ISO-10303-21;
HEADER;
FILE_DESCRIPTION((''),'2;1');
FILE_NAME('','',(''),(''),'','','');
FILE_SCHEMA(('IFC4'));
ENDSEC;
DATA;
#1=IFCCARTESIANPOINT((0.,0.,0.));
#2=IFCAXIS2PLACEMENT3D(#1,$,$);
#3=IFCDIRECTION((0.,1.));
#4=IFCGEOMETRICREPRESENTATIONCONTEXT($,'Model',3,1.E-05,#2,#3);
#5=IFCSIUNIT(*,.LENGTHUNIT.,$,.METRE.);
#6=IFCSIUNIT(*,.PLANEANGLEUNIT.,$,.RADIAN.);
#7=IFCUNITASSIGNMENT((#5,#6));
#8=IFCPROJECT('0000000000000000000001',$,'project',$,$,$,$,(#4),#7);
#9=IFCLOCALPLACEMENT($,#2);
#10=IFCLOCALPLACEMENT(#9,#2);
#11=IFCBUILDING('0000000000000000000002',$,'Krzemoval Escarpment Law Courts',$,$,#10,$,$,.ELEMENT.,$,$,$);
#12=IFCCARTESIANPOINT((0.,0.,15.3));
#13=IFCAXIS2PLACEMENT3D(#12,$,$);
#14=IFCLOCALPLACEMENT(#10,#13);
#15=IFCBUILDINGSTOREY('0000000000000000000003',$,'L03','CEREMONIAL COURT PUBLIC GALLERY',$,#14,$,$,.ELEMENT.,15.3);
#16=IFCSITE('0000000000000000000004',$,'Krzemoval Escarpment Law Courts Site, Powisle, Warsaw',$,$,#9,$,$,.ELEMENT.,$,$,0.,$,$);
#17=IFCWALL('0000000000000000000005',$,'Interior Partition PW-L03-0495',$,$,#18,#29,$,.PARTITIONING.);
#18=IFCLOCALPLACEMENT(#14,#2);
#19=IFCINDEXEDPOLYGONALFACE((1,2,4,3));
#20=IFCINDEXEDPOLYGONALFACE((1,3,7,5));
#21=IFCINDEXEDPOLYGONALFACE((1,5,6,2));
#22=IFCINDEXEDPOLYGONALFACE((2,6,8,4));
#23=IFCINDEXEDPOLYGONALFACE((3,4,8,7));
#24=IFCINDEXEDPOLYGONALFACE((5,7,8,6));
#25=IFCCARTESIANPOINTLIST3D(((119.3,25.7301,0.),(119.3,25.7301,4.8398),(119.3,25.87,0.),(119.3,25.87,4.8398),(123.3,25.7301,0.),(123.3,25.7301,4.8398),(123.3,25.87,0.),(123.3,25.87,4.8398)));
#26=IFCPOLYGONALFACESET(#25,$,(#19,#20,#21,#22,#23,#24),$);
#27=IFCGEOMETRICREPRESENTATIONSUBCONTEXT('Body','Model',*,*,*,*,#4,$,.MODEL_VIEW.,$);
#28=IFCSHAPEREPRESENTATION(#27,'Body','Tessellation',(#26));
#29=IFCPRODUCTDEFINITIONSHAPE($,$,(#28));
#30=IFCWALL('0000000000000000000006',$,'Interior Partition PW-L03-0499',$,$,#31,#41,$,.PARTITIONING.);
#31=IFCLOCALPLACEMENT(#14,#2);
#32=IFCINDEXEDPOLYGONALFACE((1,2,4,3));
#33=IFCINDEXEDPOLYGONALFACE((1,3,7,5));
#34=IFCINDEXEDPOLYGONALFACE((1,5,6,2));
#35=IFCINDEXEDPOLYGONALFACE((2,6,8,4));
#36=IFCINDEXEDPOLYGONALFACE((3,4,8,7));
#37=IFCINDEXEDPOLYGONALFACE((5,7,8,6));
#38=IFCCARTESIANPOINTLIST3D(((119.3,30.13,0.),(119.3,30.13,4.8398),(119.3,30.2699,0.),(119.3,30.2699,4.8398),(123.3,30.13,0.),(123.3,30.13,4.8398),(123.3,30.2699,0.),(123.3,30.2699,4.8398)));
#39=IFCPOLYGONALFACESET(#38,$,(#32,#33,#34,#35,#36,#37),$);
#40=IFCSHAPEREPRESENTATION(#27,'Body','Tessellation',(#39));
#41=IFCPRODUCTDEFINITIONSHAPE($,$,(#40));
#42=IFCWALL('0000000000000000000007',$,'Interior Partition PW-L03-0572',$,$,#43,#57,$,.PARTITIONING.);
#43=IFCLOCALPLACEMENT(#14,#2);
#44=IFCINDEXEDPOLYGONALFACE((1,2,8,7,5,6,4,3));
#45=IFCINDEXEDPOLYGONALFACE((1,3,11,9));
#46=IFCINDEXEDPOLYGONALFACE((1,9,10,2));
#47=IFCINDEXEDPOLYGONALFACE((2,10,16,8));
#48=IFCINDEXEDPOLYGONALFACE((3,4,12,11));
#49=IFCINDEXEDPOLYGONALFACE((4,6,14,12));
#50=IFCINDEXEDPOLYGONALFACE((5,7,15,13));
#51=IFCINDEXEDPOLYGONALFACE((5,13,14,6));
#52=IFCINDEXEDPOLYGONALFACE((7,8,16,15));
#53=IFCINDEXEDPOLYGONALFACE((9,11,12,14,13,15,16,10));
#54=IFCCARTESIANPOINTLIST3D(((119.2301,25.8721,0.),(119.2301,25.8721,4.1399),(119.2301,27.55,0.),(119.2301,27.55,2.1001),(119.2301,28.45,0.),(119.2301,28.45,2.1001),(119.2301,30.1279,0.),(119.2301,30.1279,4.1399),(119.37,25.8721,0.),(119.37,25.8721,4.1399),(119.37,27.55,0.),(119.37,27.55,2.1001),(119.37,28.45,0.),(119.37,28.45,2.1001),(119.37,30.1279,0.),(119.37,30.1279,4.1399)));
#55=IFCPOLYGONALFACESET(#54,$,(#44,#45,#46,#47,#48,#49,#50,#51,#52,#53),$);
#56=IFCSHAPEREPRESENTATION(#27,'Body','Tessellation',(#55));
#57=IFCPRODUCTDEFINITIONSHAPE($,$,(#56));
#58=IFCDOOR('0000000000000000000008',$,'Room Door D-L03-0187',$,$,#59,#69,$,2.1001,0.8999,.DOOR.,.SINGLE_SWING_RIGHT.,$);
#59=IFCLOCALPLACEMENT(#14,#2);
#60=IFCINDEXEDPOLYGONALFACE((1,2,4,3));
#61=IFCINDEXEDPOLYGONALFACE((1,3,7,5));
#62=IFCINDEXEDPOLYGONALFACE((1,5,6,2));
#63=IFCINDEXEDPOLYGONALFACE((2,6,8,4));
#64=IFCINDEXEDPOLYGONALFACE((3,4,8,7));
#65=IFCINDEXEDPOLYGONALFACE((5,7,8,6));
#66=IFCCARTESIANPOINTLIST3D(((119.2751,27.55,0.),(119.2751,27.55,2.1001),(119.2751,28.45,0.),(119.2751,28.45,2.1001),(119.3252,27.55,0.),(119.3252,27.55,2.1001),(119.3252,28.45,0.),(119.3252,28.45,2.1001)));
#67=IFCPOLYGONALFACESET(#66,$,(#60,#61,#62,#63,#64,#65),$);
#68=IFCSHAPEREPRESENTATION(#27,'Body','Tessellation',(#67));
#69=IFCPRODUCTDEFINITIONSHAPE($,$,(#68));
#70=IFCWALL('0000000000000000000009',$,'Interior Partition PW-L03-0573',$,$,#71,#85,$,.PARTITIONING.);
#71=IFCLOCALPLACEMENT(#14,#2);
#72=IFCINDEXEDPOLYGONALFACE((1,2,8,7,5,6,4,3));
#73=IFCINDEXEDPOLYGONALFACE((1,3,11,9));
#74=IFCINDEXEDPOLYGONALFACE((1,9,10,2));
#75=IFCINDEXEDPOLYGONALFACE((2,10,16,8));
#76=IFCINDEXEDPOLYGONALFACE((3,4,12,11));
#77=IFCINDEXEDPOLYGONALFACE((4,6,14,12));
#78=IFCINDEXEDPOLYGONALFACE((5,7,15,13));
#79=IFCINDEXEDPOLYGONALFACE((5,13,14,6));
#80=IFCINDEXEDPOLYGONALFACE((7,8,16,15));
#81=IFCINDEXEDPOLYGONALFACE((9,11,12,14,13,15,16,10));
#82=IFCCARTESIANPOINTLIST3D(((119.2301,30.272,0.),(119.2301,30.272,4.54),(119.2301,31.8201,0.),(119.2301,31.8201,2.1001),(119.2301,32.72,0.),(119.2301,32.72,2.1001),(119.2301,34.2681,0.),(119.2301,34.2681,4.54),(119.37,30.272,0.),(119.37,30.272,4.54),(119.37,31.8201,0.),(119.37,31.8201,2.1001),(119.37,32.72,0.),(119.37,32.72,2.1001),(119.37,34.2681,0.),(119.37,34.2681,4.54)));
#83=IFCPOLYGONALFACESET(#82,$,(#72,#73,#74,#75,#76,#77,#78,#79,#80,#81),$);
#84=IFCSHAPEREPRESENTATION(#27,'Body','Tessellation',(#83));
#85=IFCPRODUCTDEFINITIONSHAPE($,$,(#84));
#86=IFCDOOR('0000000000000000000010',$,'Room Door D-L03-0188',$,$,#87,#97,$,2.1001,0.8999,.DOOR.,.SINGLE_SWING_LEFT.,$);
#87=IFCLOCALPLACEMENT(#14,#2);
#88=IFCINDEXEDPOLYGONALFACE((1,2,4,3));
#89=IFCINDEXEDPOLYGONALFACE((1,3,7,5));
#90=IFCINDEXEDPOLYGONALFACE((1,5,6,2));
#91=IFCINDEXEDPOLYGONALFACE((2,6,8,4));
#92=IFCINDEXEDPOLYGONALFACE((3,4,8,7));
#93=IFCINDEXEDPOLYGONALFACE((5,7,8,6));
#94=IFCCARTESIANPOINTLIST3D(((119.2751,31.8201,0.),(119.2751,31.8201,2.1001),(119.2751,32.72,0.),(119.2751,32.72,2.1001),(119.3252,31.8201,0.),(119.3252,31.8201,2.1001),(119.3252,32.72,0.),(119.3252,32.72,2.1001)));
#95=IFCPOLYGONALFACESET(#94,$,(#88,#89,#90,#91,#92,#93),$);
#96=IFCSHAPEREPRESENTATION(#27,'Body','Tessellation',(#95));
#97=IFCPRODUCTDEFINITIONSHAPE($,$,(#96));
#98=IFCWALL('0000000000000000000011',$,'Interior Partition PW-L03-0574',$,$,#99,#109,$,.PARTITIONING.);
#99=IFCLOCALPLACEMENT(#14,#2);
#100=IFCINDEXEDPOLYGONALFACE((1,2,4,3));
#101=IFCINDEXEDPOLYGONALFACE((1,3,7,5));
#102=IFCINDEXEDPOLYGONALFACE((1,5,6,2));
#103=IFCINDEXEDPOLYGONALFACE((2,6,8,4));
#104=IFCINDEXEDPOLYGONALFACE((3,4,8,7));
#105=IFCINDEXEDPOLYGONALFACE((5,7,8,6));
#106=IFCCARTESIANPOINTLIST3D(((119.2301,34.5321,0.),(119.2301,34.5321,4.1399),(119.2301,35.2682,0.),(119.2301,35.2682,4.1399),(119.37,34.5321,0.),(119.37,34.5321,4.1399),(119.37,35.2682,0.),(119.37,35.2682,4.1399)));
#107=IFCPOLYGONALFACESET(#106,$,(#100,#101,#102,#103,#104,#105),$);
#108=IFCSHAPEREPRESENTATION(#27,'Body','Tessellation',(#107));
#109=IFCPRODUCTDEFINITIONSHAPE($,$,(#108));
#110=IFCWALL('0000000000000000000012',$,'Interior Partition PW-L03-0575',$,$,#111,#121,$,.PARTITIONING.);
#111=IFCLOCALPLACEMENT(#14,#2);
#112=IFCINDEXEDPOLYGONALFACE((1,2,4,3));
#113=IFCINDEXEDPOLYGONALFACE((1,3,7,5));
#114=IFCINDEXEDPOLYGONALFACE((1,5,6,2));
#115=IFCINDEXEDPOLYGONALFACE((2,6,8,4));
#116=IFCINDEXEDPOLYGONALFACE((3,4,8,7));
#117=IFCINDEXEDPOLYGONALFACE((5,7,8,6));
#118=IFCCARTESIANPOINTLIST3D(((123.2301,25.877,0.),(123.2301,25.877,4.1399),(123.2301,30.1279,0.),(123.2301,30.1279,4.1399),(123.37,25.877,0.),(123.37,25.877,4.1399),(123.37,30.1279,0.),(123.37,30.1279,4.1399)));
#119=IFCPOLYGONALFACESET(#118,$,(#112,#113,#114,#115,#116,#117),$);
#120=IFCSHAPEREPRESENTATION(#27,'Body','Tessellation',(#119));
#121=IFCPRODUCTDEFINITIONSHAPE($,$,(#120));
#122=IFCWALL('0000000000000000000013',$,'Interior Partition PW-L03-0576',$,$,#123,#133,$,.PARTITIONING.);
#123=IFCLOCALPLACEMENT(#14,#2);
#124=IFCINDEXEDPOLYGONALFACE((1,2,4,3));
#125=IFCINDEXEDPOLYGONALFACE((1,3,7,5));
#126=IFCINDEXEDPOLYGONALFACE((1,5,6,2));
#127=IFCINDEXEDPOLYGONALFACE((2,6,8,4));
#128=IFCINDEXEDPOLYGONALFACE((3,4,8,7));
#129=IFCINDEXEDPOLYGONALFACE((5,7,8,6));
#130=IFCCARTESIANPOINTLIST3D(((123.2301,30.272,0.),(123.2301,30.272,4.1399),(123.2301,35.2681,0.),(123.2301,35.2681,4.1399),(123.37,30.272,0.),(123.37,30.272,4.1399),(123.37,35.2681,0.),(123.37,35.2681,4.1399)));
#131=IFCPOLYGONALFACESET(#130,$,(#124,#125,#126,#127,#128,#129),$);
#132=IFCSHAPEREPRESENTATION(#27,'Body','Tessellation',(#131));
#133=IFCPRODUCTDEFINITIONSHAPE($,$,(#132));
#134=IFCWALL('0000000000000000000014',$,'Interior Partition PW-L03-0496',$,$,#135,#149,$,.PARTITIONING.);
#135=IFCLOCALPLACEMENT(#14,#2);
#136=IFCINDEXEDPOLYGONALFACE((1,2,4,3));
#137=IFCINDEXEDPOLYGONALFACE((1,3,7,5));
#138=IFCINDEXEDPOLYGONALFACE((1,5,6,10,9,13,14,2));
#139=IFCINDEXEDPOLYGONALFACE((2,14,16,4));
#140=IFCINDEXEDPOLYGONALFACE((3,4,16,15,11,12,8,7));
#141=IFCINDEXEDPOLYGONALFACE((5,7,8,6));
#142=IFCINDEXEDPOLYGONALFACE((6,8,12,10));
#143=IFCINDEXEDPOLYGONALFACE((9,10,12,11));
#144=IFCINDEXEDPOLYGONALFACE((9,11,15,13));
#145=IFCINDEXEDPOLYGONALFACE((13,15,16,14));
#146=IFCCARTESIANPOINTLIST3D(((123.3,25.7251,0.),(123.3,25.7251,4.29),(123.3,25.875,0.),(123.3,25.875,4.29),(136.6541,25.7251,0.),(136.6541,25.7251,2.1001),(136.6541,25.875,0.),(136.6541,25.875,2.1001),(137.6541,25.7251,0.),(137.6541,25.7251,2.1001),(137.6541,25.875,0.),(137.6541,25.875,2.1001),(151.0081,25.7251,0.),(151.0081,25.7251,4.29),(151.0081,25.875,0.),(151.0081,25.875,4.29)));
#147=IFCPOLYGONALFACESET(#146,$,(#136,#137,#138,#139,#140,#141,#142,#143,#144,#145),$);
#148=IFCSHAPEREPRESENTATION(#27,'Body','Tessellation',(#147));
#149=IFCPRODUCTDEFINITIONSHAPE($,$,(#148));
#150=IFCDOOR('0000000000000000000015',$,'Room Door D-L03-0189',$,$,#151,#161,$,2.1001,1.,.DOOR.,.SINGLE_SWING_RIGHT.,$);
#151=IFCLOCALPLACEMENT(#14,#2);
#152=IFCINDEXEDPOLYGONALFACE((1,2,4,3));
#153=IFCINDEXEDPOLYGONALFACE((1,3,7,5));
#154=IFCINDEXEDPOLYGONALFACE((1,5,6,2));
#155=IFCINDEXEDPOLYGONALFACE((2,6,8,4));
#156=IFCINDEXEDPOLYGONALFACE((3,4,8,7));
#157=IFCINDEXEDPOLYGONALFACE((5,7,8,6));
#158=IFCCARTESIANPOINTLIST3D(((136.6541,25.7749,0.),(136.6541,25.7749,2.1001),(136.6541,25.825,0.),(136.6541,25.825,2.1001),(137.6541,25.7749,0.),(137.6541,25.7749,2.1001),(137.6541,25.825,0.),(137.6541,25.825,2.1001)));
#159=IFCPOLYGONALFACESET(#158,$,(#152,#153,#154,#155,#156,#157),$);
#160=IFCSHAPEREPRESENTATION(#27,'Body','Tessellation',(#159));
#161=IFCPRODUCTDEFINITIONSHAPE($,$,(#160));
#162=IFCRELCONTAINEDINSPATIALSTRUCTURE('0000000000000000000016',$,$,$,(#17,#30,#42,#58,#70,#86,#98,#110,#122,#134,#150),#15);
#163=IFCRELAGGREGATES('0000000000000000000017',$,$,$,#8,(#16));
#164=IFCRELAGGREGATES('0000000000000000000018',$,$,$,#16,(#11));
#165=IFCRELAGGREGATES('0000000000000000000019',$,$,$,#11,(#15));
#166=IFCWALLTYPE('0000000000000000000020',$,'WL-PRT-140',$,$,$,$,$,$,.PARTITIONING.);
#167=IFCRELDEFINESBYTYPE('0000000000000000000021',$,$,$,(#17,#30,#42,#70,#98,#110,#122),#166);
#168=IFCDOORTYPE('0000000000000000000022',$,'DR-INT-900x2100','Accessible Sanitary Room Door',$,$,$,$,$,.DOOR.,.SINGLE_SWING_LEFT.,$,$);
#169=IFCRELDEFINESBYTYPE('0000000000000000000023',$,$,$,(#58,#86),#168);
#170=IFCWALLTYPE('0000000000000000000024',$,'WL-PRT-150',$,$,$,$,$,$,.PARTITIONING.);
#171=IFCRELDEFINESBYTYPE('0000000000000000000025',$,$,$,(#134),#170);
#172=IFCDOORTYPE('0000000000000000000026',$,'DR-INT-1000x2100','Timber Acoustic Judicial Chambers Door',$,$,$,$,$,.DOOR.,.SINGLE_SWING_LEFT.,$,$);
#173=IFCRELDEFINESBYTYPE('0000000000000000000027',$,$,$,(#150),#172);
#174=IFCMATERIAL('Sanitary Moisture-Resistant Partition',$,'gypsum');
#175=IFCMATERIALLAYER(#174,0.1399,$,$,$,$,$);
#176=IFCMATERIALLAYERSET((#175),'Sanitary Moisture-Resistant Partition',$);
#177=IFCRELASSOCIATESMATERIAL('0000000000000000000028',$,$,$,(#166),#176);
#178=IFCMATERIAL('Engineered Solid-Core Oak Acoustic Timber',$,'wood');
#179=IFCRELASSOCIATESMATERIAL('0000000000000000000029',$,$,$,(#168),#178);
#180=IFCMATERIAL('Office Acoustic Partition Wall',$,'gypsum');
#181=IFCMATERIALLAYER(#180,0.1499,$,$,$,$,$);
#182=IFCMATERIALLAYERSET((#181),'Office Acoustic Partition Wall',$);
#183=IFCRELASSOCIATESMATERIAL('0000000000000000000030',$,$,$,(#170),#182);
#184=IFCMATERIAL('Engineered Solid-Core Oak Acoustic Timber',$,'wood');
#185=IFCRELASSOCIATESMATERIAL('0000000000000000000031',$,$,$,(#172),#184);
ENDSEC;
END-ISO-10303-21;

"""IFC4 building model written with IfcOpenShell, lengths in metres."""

from ifc_helpers import new_model, si_unit, direction, frame, frame_2d, origin, place, context, subcontext, project, spatial, rectangle, extrude, material, layer, layer_set, type_object, element, fill, save


model = new_model("IFC4")

# Units and contexts
model_context = context("Model", 3, precision=1e-05, world=origin(), true_north=direction((0.0, 1.0)))
body_context = subcontext(model_context, "Body", "Model", "MODEL_VIEW")
ifc_project = project(units=[si_unit("LENGTHUNIT", "METRE"), si_unit("PLANEANGLEUNIT", "RADIAN")], contexts=[model_context])

# Site, building, storey
site_placement = place(None, origin())
site = spatial("IfcSite", under=ifc_project, at=site_placement, Name="Krzemoval Escarpment Law Courts Site, Powisle, Warsaw", CompositionType="ELEMENT", RefElevation=0.0)
building_placement = place(site_placement, origin())
building = spatial("IfcBuilding", under=site, at=building_placement, Name="Krzemoval Escarpment Law Courts", CompositionType="ELEMENT")
storey_placement = place(building_placement, frame((0.0, 0.0, 15.3)))
storey = spatial("IfcBuildingStorey", under=building, at=storey_placement, Name="L03", Description="CEREMONIAL COURT PUBLIC GALLERY", CompositionType="ELEMENT", Elevation=15.3)

# Walls
ifc_material_1 = material(Name="Sanitary Moisture-Resistant Partition", Category="gypsum")
ifc_layer_1 = layer(ifc_material_1, 0.1399)
ifc_layer_set_1 = layer_set([ifc_layer_1], Name="Sanitary Moisture-Resistant Partition")
wall_type_1 = type_object("IfcWallType", Name="WL-PRT-140", PredefinedType="PARTITIONING", material=ifc_layer_set_1)
for number, where, z_axis, x_axis, name in (
    (1, (119.3, 25.8, 0.0), (0.0, 0.0, 1.0), (1.0, 0.0, 0.0), "Interior Partition PW-L03-0495"),
    (2, (119.3, 30.2, 0.0), (0.0, 0.0, 1.0), (1.0, 0.0, 0.0), "Interior Partition PW-L03-0499"),
):
    element("IfcWall", number, at=place(storey_placement, frame(where, z_axis=z_axis, x_axis=x_axis)), inside=storey, type_object=wall_type_1, Name=name, PredefinedType="PARTITIONING", context=body_context, shape_type="SweptSolid", body=[
        extrude(rectangle(XDim=4.0, YDim=0.1399, at=frame_2d((2.0, 0.0))), origin(), (0.0, 0.0, 1.0), 4.8398),
    ])

# Walls, openings, doors
wall_1_placement = place(storey_placement, frame((119.3, 25.8721, 0.0), z_axis=(0.0, 0.0, 1.0), x_axis=(0.0, 1.0, 0.0)))
wall_1 = element("IfcWall", 3, at=wall_1_placement, inside=storey, type_object=wall_type_1, Name="Interior Partition PW-L03-0572", PredefinedType="PARTITIONING", context=body_context, shape_type="SweptSolid", body=[
    extrude(rectangle(XDim=4.2559, YDim=0.1399, at=frame_2d((2.1279, 0.0))), origin(), (0.0, 0.0, 1.0), 4.1399),
])
opening_1_placement = place(wall_1_placement, frame((1.678, 0.0, 0.0)))
opening_1 = element("IfcOpeningElement", 4, at=opening_1_placement, cuts=wall_1, PredefinedType="OPENING", context=body_context, shape_type="SweptSolid", body=[
    extrude(rectangle(XDim=0.8999, YDim=2.1001, at=frame_2d((0.45, 1.05))), frame((0.0, 0.0849, 0.0), z_axis=(0.0, -1.0, 0.0), x_axis=(1.0, 0.0, 0.0)), (0.0, 0.0, 1.0), 0.1699),
])
ifc_material_2 = material(Name="Engineered Solid-Core Oak Acoustic Timber", Category="wood")
door_type_1 = type_object("IfcDoorType", Name="DR-INT-900x2100", Description="Accessible Sanitary Room Door", OperationType="SINGLE_SWING_LEFT", PredefinedType="DOOR", material=ifc_material_2)
door_1_placement = place(opening_1_placement, origin())
door_1 = element("IfcDoor", 5, at=door_1_placement, inside=storey, type_object=door_type_1, Name="Room Door D-L03-0187", OperationType="SINGLE_SWING_RIGHT", OverallHeight=2.1001, OverallWidth=0.8999, PredefinedType="DOOR", context=body_context, shape_type="SweptSolid", body=[
    extrude(rectangle(XDim=0.8999, YDim=2.1001, at=frame_2d((0.45, 1.05))), frame((0.0, 0.0249, 0.0), z_axis=(0.0, -1.0, 0.0), x_axis=(1.0, 0.0, 0.0)), (0.0, 0.0, 1.0), 0.05),
])
fill(opening_1, door_1)
wall_2_placement = place(storey_placement, frame((119.3, 30.272, 0.0), z_axis=(0.0, 0.0, 1.0), x_axis=(0.0, 1.0, 0.0)))
wall_2 = element("IfcWall", 6, at=wall_2_placement, inside=storey, type_object=wall_type_1, Name="Interior Partition PW-L03-0573", PredefinedType="PARTITIONING", context=body_context, shape_type="SweptSolid", body=[
    extrude(rectangle(XDim=3.9961, YDim=0.1399, at=frame_2d((1.998, 0.0))), origin(), (0.0, 0.0, 1.0), 4.54),
])
opening_2_placement = place(wall_2_placement, frame((1.5481, 0.0, 0.0)))
opening_2 = element("IfcOpeningElement", 7, at=opening_2_placement, cuts=wall_2, PredefinedType="OPENING", context=body_context, shape_type="SweptSolid", body=[
    extrude(rectangle(XDim=0.8999, YDim=2.1001, at=frame_2d((0.45, 1.05))), frame((0.0, 0.0849, 0.0), z_axis=(0.0, -1.0, 0.0), x_axis=(1.0, 0.0, 0.0)), (0.0, 0.0, 1.0), 0.1699),
])
door_2_placement = place(opening_2_placement, origin())
door_2 = element("IfcDoor", 8, at=door_2_placement, inside=storey, type_object=door_type_1, Name="Room Door D-L03-0188", OperationType="SINGLE_SWING_LEFT", OverallHeight=2.1001, OverallWidth=0.8999, PredefinedType="DOOR", context=body_context, shape_type="SweptSolid", body=[
    extrude(rectangle(XDim=0.8999, YDim=2.1001, at=frame_2d((0.45, 1.05))), frame((0.0, 0.0249, 0.0), z_axis=(0.0, -1.0, 0.0), x_axis=(1.0, 0.0, 0.0)), (0.0, 0.0, 1.0), 0.05),
])
fill(opening_2, door_2)

# Walls
wall_3_placement = place(storey_placement, frame((119.3, 34.532, 0.0), z_axis=(0.0, 0.0, 1.0), x_axis=(0.0, 1.0, 0.0)))
element("IfcWall", 9, at=wall_3_placement, inside=storey, type_object=wall_type_1, Name="Interior Partition PW-L03-0574", PredefinedType="PARTITIONING", context=body_context, shape_type="SweptSolid", body=[
    extrude(rectangle(XDim=0.7361, YDim=0.1399, at=frame_2d((0.3682, 0.0))), origin(), (0.0, 0.0, 1.0), 4.1399),
])
wall_4_placement = place(storey_placement, frame((123.3, 25.877, 0.0), z_axis=(0.0, 0.0, 1.0), x_axis=(0.0, 1.0, 0.0)))
element("IfcWall", 10, at=wall_4_placement, inside=storey, type_object=wall_type_1, Name="Interior Partition PW-L03-0575", PredefinedType="PARTITIONING", context=body_context, shape_type="SweptSolid", body=[
    extrude(rectangle(XDim=4.251, YDim=0.1399, at=frame_2d((2.1255, 0.0))), origin(), (0.0, 0.0, 1.0), 4.1399),
])
wall_5_placement = place(storey_placement, frame((123.3, 30.272, 0.0), z_axis=(0.0, 0.0, 1.0), x_axis=(0.0, 1.0, 0.0)))
element("IfcWall", 11, at=wall_5_placement, inside=storey, type_object=wall_type_1, Name="Interior Partition PW-L03-0576", PredefinedType="PARTITIONING", context=body_context, shape_type="SweptSolid", body=[
    extrude(rectangle(XDim=4.9961, YDim=0.1399, at=frame_2d((2.498, 0.0))), origin(), (0.0, 0.0, 1.0), 4.1399),
])

# Wall, opening, door
ifc_material_3 = material(Name="Office Acoustic Partition Wall", Category="gypsum")
ifc_layer_2 = layer(ifc_material_3, 0.1499)
ifc_layer_set_2 = layer_set([ifc_layer_2], Name="Office Acoustic Partition Wall")
wall_type_2 = type_object("IfcWallType", Name="WL-PRT-150", PredefinedType="PARTITIONING", material=ifc_layer_set_2)
wall_6_placement = place(storey_placement, frame((123.3, 25.8, 0.0), z_axis=(0.0, 0.0, 1.0), x_axis=(1.0, 0.0, 0.0)))
wall_6 = element("IfcWall", 12, at=wall_6_placement, inside=storey, type_object=wall_type_2, Name="Interior Partition PW-L03-0496", PredefinedType="PARTITIONING", context=body_context, shape_type="SweptSolid", body=[
    extrude(rectangle(XDim=27.708, YDim=0.1499, at=frame_2d((13.854, 0.0))), origin(), (0.0, 0.0, 1.0), 4.29),
])
opening_3_placement = place(wall_6_placement, frame((13.354, 0.0, 0.0)))
opening_3 = element("IfcOpeningElement", 13, at=opening_3_placement, cuts=wall_6, PredefinedType="OPENING", context=body_context, shape_type="SweptSolid", body=[
    extrude(rectangle(XDim=1.0, YDim=2.1001, at=frame_2d((0.5, 1.05))), frame((0.0, 0.09, 0.0), z_axis=(0.0, -1.0, 0.0), x_axis=(1.0, 0.0, 0.0)), (0.0, 0.0, 1.0), 0.1799),
])
ifc_material_4 = material(Name="Engineered Solid-Core Oak Acoustic Timber", Category="wood")
door_type_2 = type_object("IfcDoorType", Name="DR-INT-1000x2100", Description="Timber Acoustic Judicial Chambers Door", OperationType="SINGLE_SWING_LEFT", PredefinedType="DOOR", material=ifc_material_4)
door_3_placement = place(opening_3_placement, origin())
door_3 = element("IfcDoor", 14, at=door_3_placement, inside=storey, type_object=door_type_2, Name="Room Door D-L03-0189", OperationType="SINGLE_SWING_RIGHT", OverallHeight=2.1001, OverallWidth=1.0, PredefinedType="DOOR", context=body_context, shape_type="SweptSolid", body=[
    extrude(rectangle(XDim=1.0, YDim=2.1001, at=frame_2d((0.5, 1.05))), frame((0.0, 0.0249, 0.0), z_axis=(0.0, -1.0, 0.0), x_axis=(1.0, 0.0, 0.0)), (0.0, 0.0, 1.0), 0.05),
])
fill(opening_3, door_3)

save(model, "model.ifc")
